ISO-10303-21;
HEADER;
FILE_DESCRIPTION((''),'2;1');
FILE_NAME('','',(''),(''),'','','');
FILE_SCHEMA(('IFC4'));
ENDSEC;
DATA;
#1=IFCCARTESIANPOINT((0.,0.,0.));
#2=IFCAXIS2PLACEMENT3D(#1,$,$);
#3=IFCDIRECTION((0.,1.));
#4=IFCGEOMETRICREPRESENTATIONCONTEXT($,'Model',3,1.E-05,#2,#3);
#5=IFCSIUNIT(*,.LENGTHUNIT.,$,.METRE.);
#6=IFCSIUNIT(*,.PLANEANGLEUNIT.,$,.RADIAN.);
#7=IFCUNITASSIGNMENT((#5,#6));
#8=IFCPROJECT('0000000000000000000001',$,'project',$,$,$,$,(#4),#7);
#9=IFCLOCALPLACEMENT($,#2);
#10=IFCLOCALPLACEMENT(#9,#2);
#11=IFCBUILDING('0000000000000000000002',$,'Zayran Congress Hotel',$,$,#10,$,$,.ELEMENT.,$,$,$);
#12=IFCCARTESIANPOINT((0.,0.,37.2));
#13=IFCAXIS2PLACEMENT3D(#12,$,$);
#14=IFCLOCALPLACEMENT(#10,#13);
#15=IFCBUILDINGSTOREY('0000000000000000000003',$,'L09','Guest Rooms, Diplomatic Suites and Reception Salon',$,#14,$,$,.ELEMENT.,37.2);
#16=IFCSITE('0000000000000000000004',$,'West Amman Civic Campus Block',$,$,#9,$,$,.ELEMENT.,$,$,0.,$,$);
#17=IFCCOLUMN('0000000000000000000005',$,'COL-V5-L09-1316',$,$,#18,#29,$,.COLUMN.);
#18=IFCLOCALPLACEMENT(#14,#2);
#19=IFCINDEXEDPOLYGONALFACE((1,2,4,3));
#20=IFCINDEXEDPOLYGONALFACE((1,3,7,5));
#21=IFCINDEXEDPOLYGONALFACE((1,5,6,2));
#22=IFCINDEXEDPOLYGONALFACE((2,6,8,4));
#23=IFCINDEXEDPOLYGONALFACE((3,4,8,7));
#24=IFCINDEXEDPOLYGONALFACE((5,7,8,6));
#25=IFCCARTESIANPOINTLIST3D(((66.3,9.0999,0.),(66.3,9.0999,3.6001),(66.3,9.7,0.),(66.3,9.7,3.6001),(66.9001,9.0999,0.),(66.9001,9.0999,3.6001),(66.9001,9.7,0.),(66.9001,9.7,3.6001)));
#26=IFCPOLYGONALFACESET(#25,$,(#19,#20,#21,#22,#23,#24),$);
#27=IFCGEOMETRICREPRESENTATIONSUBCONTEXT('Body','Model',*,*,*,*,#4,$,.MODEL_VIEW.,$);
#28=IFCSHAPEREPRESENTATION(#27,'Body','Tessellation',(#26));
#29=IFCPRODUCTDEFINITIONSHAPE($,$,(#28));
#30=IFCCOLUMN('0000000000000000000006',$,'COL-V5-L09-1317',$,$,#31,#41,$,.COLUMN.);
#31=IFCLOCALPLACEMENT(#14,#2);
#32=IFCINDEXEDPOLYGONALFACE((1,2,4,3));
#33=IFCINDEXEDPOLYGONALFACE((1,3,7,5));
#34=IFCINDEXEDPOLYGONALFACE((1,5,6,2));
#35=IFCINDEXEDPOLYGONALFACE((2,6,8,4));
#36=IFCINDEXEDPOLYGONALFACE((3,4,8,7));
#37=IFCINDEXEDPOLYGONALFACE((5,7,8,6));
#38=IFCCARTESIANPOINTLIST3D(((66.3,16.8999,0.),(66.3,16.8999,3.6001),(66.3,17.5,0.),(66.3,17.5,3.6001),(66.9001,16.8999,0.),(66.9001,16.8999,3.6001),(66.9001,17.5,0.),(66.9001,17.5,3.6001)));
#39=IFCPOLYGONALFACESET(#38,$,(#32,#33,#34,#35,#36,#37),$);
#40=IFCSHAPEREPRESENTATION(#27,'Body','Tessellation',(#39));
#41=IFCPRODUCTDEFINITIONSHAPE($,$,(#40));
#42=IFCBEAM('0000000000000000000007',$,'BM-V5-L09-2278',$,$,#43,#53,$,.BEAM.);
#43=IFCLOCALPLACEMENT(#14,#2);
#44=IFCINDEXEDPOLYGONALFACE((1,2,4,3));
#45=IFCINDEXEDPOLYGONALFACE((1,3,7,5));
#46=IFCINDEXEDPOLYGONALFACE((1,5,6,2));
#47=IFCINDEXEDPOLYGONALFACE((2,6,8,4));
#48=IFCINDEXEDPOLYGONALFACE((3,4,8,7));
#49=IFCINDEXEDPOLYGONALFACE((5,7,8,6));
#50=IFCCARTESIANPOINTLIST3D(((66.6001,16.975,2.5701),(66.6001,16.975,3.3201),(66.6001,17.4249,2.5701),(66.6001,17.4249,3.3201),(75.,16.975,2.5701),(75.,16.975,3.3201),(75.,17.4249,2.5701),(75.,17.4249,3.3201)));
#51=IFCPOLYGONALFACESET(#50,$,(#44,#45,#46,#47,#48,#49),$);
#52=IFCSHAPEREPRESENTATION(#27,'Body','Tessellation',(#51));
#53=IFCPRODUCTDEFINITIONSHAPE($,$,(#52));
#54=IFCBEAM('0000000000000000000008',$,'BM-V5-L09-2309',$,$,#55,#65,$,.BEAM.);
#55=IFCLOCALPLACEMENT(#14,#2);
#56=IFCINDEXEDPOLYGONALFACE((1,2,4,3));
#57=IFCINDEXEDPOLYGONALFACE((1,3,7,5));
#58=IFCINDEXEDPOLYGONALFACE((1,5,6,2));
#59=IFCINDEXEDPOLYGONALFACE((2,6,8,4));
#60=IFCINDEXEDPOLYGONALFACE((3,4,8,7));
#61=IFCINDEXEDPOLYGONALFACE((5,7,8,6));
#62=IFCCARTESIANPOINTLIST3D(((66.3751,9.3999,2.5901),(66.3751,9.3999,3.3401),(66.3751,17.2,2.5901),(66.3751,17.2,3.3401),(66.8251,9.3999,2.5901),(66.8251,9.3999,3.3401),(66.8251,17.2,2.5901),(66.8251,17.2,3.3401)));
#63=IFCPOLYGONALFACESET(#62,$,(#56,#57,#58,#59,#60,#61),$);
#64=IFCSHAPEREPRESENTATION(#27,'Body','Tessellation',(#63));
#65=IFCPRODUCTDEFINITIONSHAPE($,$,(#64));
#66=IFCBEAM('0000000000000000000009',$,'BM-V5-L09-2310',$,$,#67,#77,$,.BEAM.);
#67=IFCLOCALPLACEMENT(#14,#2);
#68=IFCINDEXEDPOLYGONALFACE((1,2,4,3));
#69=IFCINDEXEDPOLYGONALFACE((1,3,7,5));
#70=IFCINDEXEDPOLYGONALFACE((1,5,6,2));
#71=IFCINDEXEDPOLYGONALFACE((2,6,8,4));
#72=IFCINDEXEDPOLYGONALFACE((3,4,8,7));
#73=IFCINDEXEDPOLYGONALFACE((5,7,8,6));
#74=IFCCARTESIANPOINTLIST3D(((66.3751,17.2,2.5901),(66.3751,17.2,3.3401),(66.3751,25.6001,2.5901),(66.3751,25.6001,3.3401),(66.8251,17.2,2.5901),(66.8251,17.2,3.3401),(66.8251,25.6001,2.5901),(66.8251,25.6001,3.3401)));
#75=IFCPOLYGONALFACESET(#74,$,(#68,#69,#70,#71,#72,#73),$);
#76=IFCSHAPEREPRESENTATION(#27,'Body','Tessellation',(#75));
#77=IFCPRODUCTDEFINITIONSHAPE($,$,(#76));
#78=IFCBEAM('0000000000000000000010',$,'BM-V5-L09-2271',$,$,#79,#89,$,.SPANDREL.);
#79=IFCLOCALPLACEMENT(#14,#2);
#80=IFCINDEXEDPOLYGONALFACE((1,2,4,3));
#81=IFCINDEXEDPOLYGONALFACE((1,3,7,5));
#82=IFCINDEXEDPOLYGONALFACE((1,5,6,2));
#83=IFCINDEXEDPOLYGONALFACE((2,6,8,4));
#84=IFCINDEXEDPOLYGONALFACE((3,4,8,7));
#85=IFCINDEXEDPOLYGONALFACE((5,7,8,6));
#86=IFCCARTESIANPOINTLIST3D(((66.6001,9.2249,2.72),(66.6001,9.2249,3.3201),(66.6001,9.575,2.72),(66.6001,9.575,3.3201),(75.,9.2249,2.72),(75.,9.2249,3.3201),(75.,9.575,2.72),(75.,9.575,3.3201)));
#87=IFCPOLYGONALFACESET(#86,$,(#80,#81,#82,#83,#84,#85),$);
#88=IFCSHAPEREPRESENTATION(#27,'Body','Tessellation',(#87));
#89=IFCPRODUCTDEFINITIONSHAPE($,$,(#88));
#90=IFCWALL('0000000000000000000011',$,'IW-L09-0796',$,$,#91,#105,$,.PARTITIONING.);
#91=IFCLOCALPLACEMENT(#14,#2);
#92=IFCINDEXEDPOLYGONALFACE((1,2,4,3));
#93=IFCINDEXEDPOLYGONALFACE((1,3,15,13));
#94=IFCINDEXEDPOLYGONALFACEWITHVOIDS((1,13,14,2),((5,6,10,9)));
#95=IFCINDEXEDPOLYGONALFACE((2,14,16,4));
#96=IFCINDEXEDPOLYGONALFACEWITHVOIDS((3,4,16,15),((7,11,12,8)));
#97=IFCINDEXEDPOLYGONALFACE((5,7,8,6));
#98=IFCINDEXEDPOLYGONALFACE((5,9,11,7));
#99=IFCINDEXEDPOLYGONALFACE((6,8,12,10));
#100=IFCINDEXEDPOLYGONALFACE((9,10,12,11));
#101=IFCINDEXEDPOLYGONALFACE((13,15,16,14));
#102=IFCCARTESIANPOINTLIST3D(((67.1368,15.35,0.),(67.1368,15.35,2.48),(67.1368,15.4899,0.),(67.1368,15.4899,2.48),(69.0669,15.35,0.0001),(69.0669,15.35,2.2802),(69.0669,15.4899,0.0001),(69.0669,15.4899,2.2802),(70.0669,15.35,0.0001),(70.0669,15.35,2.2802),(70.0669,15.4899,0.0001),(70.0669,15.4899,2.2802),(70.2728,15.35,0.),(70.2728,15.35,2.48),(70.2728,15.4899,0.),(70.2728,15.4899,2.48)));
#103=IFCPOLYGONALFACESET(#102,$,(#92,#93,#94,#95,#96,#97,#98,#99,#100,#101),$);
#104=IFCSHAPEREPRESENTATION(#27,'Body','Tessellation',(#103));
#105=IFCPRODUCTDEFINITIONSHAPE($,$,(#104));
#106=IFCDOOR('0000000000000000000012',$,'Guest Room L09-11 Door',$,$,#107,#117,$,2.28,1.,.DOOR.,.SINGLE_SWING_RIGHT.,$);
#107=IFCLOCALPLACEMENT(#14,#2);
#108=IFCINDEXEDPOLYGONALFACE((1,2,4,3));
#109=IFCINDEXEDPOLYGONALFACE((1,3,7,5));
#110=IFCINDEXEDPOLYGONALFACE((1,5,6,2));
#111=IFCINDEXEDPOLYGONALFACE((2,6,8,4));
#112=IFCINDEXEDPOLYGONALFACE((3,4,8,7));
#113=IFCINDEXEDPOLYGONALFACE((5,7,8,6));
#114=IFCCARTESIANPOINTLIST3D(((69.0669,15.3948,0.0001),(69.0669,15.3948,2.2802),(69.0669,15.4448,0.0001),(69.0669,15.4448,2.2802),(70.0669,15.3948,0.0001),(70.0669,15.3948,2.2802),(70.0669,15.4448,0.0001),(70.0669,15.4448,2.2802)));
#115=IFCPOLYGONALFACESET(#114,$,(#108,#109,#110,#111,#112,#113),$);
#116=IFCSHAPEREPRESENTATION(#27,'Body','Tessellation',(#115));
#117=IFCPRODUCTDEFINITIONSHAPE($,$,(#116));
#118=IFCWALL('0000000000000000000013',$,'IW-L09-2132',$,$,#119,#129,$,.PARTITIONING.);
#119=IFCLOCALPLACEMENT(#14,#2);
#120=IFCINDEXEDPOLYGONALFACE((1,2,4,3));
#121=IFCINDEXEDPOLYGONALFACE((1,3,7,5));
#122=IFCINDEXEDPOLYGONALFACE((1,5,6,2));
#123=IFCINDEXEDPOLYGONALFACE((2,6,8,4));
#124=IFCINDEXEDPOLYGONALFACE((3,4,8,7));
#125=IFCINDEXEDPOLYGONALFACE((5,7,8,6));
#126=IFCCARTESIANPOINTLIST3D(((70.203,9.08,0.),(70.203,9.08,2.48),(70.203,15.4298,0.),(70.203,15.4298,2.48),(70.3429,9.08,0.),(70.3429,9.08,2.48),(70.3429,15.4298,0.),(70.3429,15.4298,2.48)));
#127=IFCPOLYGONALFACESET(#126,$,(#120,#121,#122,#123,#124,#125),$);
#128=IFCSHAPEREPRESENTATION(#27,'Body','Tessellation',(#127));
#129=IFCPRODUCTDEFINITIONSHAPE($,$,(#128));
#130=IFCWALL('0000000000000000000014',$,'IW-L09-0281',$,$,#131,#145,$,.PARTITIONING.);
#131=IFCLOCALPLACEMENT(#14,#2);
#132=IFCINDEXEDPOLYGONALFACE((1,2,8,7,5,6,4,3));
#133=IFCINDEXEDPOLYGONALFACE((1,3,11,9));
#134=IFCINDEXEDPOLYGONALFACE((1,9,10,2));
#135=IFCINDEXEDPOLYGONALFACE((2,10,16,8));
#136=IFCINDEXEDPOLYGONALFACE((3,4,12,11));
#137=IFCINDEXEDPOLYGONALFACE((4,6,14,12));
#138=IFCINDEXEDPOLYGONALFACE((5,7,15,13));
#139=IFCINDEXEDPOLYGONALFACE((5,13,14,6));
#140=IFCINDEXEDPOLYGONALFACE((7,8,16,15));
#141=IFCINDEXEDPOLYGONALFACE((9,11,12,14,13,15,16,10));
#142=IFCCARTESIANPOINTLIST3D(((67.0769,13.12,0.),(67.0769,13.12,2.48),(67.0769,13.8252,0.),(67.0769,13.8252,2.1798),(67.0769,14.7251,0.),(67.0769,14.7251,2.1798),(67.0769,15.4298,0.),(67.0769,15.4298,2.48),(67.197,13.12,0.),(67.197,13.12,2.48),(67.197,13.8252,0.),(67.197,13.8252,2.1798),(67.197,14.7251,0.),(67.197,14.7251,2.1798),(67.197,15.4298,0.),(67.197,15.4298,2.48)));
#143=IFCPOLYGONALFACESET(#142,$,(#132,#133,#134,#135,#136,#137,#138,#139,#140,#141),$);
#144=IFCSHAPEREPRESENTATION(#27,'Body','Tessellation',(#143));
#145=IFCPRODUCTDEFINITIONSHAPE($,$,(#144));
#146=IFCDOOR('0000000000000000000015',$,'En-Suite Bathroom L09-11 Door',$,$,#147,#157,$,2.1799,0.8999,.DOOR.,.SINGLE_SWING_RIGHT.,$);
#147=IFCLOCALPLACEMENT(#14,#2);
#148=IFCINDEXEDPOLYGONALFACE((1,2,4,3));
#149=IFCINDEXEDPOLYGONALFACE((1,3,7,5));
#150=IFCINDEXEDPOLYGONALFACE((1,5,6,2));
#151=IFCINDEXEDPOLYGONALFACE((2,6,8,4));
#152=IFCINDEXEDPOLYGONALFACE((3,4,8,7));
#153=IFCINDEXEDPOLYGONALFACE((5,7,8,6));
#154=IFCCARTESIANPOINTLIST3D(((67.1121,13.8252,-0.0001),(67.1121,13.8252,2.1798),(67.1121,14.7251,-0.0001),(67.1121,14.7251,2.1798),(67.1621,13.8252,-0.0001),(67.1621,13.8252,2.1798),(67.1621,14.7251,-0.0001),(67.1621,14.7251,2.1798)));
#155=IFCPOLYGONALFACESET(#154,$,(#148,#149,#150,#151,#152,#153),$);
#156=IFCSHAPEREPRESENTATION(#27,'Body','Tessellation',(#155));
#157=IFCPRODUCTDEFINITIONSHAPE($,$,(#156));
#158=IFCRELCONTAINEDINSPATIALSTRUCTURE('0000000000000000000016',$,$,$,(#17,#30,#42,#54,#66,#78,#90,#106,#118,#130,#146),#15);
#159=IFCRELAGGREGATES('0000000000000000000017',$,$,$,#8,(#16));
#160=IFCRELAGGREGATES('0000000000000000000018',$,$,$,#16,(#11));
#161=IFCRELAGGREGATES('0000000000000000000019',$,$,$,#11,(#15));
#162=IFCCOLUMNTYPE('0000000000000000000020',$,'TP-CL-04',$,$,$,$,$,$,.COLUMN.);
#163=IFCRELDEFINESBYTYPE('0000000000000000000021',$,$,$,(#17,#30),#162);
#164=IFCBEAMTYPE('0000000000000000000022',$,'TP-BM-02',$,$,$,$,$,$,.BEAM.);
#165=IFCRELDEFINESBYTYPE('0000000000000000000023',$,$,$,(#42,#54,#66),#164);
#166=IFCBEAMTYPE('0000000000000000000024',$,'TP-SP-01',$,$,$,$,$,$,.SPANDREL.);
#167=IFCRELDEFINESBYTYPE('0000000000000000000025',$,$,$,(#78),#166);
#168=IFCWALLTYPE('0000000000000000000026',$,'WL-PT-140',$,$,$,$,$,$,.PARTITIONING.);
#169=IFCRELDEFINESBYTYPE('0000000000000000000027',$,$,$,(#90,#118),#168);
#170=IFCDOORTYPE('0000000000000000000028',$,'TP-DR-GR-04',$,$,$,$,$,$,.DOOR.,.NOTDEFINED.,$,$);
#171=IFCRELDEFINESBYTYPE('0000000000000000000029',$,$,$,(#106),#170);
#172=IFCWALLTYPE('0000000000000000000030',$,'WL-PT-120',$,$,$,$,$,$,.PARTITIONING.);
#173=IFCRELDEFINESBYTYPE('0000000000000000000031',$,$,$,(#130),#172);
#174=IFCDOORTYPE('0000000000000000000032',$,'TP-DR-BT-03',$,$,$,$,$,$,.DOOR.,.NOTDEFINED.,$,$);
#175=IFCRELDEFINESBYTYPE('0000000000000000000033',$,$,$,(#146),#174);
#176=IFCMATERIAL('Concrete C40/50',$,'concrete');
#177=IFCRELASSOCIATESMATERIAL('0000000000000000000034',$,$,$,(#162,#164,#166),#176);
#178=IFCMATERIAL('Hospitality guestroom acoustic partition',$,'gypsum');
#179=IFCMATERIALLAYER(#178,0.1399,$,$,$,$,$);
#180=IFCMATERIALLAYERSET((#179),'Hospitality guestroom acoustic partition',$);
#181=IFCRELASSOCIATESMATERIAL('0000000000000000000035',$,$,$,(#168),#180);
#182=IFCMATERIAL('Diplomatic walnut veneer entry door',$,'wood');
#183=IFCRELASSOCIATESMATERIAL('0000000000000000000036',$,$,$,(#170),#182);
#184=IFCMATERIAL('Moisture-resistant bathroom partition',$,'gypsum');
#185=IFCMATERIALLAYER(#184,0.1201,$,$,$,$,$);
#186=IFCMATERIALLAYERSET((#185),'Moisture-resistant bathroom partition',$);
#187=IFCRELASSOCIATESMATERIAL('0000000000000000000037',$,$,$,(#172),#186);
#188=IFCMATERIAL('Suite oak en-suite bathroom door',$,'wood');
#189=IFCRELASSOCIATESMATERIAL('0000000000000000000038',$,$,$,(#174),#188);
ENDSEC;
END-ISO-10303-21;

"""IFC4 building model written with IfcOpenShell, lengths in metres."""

from ifc_helpers import new_model, si_unit, direction, frame, frame_2d, origin, origin_2d, place, context, subcontext, project, spatial, rectangle, extrude, material, layer, layer_set, material_profile, profile_set, type_object, element, fill, save


model = new_model("IFC4")

# Units and contexts
model_context = context("Model", 3, precision=1e-05, world=origin(), true_north=direction((0.0, 1.0)))
body_context = subcontext(model_context, "Body", "Model", "MODEL_VIEW")
ifc_project = project(units=[si_unit("LENGTHUNIT", "METRE"), si_unit("PLANEANGLEUNIT", "RADIAN")], contexts=[model_context])

# Site, building, storey
site_placement = place(None, origin())
site = spatial("IfcSite", under=ifc_project, at=site_placement, Name="West Amman Civic Campus Block", CompositionType="ELEMENT", RefElevation=0.0)
building_placement = place(site_placement, origin())
building = spatial("IfcBuilding", under=site, at=building_placement, Name="Zayran Congress Hotel", CompositionType="ELEMENT")
storey_placement = place(building_placement, frame((0.0, 0.0, 37.2)))
storey = spatial("IfcBuildingStorey", under=building, at=storey_placement, Name="L09", Description="Guest Rooms, Diplomatic Suites and Reception Salon", CompositionType="ELEMENT", Elevation=37.2)

# Columns
ifc_material_1 = material(Name="Concrete C40/50", Category="concrete")
ifc_material_profile_1 = material_profile(ifc_material_1, rectangle(XDim=0.6001, YDim=0.6001, at=origin_2d()), Name="RC 600x600")
ifc_profile_set_1 = profile_set([ifc_material_profile_1], Name="Concrete C40/50")
column_type = type_object("IfcColumnType", Name="TP-CL-04", PredefinedType="COLUMN", material=ifc_profile_set_1)
for number, where, z_axis, x_axis, name in (
    (1, (66.6001, 9.3999, 0.0), (0.0, 0.0, 1.0), (1.0, 0.0, 0.0), "COL-V5-L09-1316"),
    (2, (66.6001, 17.2, 0.0), (0.0, 0.0, 1.0), (1.0, 0.0, 0.0), "COL-V5-L09-1317"),
):
    element("IfcColumn", number, at=place(storey_placement, frame(where, z_axis=z_axis, x_axis=x_axis)), inside=storey, type_object=column_type, Name=name, PredefinedType="COLUMN", context=body_context, shape_type="SweptSolid", body=[
        extrude(rectangle(XDim=0.6001, YDim=0.6001, at=origin_2d()), origin(), (0.0, 0.0, 1.0), 3.6001),
    ])

# Beams
ifc_material_profile_2 = material_profile(ifc_material_1, rectangle(XDim=0.45, YDim=0.75, at=origin_2d()), Name="RC 450x750")
ifc_profile_set_2 = profile_set([ifc_material_profile_2], Name="Concrete C40/50")
beam_type_1 = type_object("IfcBeamType", Name="TP-BM-02", PredefinedType="BEAM", material=ifc_profile_set_2)
beam_1_placement = place(storey_placement, frame((66.6001, 17.2, 2.9451), z_axis=(1.0, 0.0, 0.0), x_axis=(0.0, 1.0, 0.0)))
element("IfcBeam", 3, at=beam_1_placement, inside=storey, type_object=beam_type_1, Name="BM-V5-L09-2278", PredefinedType="BEAM", context=body_context, shape_type="SweptSolid", body=[
    extrude(rectangle(XDim=0.45, YDim=0.75, at=origin_2d()), origin(), (0.0, 0.0, 1.0), 8.3999),
])
beam_2_placement = place(storey_placement, frame((66.6001, 9.3999, 2.9651), z_axis=(0.0, 1.0, 0.0), x_axis=(-1.0, 0.0, 0.0)))
element("IfcBeam", 4, at=beam_2_placement, inside=storey, type_object=beam_type_1, Name="BM-V5-L09-2309", PredefinedType="BEAM", context=body_context, shape_type="SweptSolid", body=[
    extrude(rectangle(XDim=0.45, YDim=0.75, at=origin_2d()), origin(), (0.0, 0.0, 1.0), 7.8),
])
beam_3_placement = place(storey_placement, frame((66.6001, 17.2, 2.9651), z_axis=(0.0, 1.0, 0.0), x_axis=(-1.0, 0.0, 0.0)))
element("IfcBeam", 5, at=beam_3_placement, inside=storey, type_object=beam_type_1, Name="BM-V5-L09-2310", PredefinedType="BEAM", context=body_context, shape_type="SweptSolid", body=[
    extrude(rectangle(XDim=0.45, YDim=0.75, at=origin_2d()), origin(), (0.0, 0.0, 1.0), 8.4001),
])
ifc_material_profile_3 = material_profile(ifc_material_1, rectangle(XDim=0.3501, YDim=0.6001, at=origin_2d()), Name="RC 350x600")
ifc_profile_set_3 = profile_set([ifc_material_profile_3], Name="Concrete C40/50")
beam_type_2 = type_object("IfcBeamType", Name="TP-SP-01", PredefinedType="SPANDREL", material=ifc_profile_set_3)
beam_4_placement = place(storey_placement, frame((66.6001, 9.3999, 3.02), z_axis=(1.0, 0.0, 0.0), x_axis=(0.0, 1.0, 0.0)))
element("IfcBeam", 6, at=beam_4_placement, inside=storey, type_object=beam_type_2, Name="BM-V5-L09-2271", PredefinedType="SPANDREL", context=body_context, shape_type="SweptSolid", body=[
    extrude(rectangle(XDim=0.3501, YDim=0.6001, at=origin_2d()), origin(), (0.0, 0.0, 1.0), 8.3999),
])

# Wall, opening, door
ifc_material_2 = material(Name="Hospitality guestroom acoustic partition", Category="gypsum")
ifc_layer_1 = layer(ifc_material_2, 0.1399)
ifc_layer_set_1 = layer_set([ifc_layer_1], Name="Hospitality guestroom acoustic partition")
wall_type_1 = type_object("IfcWallType", Name="WL-PT-140", PredefinedType="PARTITIONING", material=ifc_layer_set_1)
wall_1_placement = place(storey_placement, frame((67.137, 15.4199, 0.0), z_axis=(0.0, 0.0, 1.0), x_axis=(1.0, 0.0, 0.0)))
wall_1 = element("IfcWall", 7, at=wall_1_placement, inside=storey, type_object=wall_type_1, Name="IW-L09-0796", PredefinedType="PARTITIONING", context=body_context, shape_type="SweptSolid", body=[
    extrude(rectangle(XDim=3.136, YDim=0.1399, at=frame_2d((1.5679, 0.0))), origin(), (0.0, 0.0, 1.0), 2.48),
])
opening_1_placement = place(wall_1_placement, frame((1.9299, 0.0, 0.0)))
opening_1 = element("IfcOpeningElement", 8, at=opening_1_placement, cuts=wall_1, PredefinedType="OPENING", context=body_context, shape_type="SweptSolid", body=[
    extrude(rectangle(XDim=1.0, YDim=2.28, at=frame_2d((0.5, 1.1401))), frame((0.0, 0.0798, 0.0), z_axis=(0.0, -1.0, 0.0), x_axis=(1.0, 0.0, 0.0)), (0.0, 0.0, 1.0), 0.1599),
])
ifc_material_3 = material(Name="Diplomatic walnut veneer entry door", Category="wood")
door_type_1 = type_object("IfcDoorType", Name="TP-DR-GR-04", OperationType="NOTDEFINED", PredefinedType="DOOR", material=ifc_material_3)
door_1_placement = place(opening_1_placement, origin())
door_1 = element("IfcDoor", 9, at=door_1_placement, inside=storey, type_object=door_type_1, Name="Guest Room L09-11 Door", OperationType="SINGLE_SWING_RIGHT", OverallHeight=2.28, OverallWidth=1.0, PredefinedType="DOOR", context=body_context, shape_type="SweptSolid", body=[
    extrude(rectangle(XDim=1.0, YDim=2.28, at=frame_2d((0.5, 1.1401))), frame((0.0, 0.0249, 0.0), z_axis=(0.0, -1.0, 0.0), x_axis=(1.0, 0.0, 0.0)), (0.0, 0.0, 1.0), 0.05),
])
fill(opening_1, door_1)

# Wall
wall_2_placement = place(storey_placement, frame((70.2729, 9.0801, 0.0), z_axis=(0.0, 0.0, 1.0), x_axis=(0.0, 1.0, 0.0)))
element("IfcWall", 10, at=wall_2_placement, inside=storey, type_object=wall_type_1, Name="IW-L09-2132", PredefinedType="PARTITIONING", context=body_context, shape_type="SweptSolid", body=[
    extrude(rectangle(XDim=6.3499, YDim=0.1399, at=frame_2d((3.1748, 0.0))), origin(), (0.0, 0.0, 1.0), 2.48),
])

# Wall, opening, door
ifc_material_4 = material(Name="Moisture-resistant bathroom partition", Category="gypsum")
ifc_layer_2 = layer(ifc_material_4, 0.1201)
ifc_layer_set_2 = layer_set([ifc_layer_2], Name="Moisture-resistant bathroom partition")
wall_type_2 = type_object("IfcWallType", Name="WL-PT-120", PredefinedType="PARTITIONING", material=ifc_layer_set_2)
wall_3_placement = place(storey_placement, frame((67.137, 13.1201, 0.0), z_axis=(0.0, 0.0, 1.0), x_axis=(0.0, 1.0, 0.0)))
wall_3 = element("IfcWall", 11, at=wall_3_placement, inside=storey, type_object=wall_type_2, Name="IW-L09-0281", PredefinedType="PARTITIONING", context=body_context, shape_type="SweptSolid", body=[
    extrude(rectangle(XDim=2.3098, YDim=0.1201, at=frame_2d((1.1548, 0.0))), origin(), (0.0, 0.0, 1.0), 2.48),
])
opening_2_placement = place(wall_3_placement, frame((0.7051, 0.0, 0.0)))
opening_2 = element("IfcOpeningElement", 12, at=opening_2_placement, cuts=wall_3, PredefinedType="OPENING", context=body_context, shape_type="SweptSolid", body=[
    extrude(rectangle(XDim=0.8999, YDim=2.1799, at=frame_2d((0.45, 1.0898))), frame((0.0, 0.0701, 0.0), z_axis=(0.0, -1.0, 0.0), x_axis=(1.0, 0.0, 0.0)), (0.0, 0.0, 1.0), 0.1401),
])
ifc_material_5 = material(Name="Suite oak en-suite bathroom door", Category="wood")
door_type_2 = type_object("IfcDoorType", Name="TP-DR-BT-03", OperationType="NOTDEFINED", PredefinedType="DOOR", material=ifc_material_5)
door_2_placement = place(opening_2_placement, origin())
door_2 = element("IfcDoor", 13, at=door_2_placement, inside=storey, type_object=door_type_2, Name="En-Suite Bathroom L09-11 Door", OperationType="SINGLE_SWING_RIGHT", OverallHeight=2.1799, OverallWidth=0.8999, PredefinedType="DOOR", context=body_context, shape_type="SweptSolid", body=[
    extrude(rectangle(XDim=0.8999, YDim=2.1799, at=frame_2d((0.45, 1.0898))), frame((0.0, 0.0249, 0.0), z_axis=(0.0, -1.0, 0.0), x_axis=(1.0, 0.0, 0.0)), (0.0, 0.0, 1.0), 0.05),
])
fill(opening_2, door_2)

save(model, "model.ifc")
